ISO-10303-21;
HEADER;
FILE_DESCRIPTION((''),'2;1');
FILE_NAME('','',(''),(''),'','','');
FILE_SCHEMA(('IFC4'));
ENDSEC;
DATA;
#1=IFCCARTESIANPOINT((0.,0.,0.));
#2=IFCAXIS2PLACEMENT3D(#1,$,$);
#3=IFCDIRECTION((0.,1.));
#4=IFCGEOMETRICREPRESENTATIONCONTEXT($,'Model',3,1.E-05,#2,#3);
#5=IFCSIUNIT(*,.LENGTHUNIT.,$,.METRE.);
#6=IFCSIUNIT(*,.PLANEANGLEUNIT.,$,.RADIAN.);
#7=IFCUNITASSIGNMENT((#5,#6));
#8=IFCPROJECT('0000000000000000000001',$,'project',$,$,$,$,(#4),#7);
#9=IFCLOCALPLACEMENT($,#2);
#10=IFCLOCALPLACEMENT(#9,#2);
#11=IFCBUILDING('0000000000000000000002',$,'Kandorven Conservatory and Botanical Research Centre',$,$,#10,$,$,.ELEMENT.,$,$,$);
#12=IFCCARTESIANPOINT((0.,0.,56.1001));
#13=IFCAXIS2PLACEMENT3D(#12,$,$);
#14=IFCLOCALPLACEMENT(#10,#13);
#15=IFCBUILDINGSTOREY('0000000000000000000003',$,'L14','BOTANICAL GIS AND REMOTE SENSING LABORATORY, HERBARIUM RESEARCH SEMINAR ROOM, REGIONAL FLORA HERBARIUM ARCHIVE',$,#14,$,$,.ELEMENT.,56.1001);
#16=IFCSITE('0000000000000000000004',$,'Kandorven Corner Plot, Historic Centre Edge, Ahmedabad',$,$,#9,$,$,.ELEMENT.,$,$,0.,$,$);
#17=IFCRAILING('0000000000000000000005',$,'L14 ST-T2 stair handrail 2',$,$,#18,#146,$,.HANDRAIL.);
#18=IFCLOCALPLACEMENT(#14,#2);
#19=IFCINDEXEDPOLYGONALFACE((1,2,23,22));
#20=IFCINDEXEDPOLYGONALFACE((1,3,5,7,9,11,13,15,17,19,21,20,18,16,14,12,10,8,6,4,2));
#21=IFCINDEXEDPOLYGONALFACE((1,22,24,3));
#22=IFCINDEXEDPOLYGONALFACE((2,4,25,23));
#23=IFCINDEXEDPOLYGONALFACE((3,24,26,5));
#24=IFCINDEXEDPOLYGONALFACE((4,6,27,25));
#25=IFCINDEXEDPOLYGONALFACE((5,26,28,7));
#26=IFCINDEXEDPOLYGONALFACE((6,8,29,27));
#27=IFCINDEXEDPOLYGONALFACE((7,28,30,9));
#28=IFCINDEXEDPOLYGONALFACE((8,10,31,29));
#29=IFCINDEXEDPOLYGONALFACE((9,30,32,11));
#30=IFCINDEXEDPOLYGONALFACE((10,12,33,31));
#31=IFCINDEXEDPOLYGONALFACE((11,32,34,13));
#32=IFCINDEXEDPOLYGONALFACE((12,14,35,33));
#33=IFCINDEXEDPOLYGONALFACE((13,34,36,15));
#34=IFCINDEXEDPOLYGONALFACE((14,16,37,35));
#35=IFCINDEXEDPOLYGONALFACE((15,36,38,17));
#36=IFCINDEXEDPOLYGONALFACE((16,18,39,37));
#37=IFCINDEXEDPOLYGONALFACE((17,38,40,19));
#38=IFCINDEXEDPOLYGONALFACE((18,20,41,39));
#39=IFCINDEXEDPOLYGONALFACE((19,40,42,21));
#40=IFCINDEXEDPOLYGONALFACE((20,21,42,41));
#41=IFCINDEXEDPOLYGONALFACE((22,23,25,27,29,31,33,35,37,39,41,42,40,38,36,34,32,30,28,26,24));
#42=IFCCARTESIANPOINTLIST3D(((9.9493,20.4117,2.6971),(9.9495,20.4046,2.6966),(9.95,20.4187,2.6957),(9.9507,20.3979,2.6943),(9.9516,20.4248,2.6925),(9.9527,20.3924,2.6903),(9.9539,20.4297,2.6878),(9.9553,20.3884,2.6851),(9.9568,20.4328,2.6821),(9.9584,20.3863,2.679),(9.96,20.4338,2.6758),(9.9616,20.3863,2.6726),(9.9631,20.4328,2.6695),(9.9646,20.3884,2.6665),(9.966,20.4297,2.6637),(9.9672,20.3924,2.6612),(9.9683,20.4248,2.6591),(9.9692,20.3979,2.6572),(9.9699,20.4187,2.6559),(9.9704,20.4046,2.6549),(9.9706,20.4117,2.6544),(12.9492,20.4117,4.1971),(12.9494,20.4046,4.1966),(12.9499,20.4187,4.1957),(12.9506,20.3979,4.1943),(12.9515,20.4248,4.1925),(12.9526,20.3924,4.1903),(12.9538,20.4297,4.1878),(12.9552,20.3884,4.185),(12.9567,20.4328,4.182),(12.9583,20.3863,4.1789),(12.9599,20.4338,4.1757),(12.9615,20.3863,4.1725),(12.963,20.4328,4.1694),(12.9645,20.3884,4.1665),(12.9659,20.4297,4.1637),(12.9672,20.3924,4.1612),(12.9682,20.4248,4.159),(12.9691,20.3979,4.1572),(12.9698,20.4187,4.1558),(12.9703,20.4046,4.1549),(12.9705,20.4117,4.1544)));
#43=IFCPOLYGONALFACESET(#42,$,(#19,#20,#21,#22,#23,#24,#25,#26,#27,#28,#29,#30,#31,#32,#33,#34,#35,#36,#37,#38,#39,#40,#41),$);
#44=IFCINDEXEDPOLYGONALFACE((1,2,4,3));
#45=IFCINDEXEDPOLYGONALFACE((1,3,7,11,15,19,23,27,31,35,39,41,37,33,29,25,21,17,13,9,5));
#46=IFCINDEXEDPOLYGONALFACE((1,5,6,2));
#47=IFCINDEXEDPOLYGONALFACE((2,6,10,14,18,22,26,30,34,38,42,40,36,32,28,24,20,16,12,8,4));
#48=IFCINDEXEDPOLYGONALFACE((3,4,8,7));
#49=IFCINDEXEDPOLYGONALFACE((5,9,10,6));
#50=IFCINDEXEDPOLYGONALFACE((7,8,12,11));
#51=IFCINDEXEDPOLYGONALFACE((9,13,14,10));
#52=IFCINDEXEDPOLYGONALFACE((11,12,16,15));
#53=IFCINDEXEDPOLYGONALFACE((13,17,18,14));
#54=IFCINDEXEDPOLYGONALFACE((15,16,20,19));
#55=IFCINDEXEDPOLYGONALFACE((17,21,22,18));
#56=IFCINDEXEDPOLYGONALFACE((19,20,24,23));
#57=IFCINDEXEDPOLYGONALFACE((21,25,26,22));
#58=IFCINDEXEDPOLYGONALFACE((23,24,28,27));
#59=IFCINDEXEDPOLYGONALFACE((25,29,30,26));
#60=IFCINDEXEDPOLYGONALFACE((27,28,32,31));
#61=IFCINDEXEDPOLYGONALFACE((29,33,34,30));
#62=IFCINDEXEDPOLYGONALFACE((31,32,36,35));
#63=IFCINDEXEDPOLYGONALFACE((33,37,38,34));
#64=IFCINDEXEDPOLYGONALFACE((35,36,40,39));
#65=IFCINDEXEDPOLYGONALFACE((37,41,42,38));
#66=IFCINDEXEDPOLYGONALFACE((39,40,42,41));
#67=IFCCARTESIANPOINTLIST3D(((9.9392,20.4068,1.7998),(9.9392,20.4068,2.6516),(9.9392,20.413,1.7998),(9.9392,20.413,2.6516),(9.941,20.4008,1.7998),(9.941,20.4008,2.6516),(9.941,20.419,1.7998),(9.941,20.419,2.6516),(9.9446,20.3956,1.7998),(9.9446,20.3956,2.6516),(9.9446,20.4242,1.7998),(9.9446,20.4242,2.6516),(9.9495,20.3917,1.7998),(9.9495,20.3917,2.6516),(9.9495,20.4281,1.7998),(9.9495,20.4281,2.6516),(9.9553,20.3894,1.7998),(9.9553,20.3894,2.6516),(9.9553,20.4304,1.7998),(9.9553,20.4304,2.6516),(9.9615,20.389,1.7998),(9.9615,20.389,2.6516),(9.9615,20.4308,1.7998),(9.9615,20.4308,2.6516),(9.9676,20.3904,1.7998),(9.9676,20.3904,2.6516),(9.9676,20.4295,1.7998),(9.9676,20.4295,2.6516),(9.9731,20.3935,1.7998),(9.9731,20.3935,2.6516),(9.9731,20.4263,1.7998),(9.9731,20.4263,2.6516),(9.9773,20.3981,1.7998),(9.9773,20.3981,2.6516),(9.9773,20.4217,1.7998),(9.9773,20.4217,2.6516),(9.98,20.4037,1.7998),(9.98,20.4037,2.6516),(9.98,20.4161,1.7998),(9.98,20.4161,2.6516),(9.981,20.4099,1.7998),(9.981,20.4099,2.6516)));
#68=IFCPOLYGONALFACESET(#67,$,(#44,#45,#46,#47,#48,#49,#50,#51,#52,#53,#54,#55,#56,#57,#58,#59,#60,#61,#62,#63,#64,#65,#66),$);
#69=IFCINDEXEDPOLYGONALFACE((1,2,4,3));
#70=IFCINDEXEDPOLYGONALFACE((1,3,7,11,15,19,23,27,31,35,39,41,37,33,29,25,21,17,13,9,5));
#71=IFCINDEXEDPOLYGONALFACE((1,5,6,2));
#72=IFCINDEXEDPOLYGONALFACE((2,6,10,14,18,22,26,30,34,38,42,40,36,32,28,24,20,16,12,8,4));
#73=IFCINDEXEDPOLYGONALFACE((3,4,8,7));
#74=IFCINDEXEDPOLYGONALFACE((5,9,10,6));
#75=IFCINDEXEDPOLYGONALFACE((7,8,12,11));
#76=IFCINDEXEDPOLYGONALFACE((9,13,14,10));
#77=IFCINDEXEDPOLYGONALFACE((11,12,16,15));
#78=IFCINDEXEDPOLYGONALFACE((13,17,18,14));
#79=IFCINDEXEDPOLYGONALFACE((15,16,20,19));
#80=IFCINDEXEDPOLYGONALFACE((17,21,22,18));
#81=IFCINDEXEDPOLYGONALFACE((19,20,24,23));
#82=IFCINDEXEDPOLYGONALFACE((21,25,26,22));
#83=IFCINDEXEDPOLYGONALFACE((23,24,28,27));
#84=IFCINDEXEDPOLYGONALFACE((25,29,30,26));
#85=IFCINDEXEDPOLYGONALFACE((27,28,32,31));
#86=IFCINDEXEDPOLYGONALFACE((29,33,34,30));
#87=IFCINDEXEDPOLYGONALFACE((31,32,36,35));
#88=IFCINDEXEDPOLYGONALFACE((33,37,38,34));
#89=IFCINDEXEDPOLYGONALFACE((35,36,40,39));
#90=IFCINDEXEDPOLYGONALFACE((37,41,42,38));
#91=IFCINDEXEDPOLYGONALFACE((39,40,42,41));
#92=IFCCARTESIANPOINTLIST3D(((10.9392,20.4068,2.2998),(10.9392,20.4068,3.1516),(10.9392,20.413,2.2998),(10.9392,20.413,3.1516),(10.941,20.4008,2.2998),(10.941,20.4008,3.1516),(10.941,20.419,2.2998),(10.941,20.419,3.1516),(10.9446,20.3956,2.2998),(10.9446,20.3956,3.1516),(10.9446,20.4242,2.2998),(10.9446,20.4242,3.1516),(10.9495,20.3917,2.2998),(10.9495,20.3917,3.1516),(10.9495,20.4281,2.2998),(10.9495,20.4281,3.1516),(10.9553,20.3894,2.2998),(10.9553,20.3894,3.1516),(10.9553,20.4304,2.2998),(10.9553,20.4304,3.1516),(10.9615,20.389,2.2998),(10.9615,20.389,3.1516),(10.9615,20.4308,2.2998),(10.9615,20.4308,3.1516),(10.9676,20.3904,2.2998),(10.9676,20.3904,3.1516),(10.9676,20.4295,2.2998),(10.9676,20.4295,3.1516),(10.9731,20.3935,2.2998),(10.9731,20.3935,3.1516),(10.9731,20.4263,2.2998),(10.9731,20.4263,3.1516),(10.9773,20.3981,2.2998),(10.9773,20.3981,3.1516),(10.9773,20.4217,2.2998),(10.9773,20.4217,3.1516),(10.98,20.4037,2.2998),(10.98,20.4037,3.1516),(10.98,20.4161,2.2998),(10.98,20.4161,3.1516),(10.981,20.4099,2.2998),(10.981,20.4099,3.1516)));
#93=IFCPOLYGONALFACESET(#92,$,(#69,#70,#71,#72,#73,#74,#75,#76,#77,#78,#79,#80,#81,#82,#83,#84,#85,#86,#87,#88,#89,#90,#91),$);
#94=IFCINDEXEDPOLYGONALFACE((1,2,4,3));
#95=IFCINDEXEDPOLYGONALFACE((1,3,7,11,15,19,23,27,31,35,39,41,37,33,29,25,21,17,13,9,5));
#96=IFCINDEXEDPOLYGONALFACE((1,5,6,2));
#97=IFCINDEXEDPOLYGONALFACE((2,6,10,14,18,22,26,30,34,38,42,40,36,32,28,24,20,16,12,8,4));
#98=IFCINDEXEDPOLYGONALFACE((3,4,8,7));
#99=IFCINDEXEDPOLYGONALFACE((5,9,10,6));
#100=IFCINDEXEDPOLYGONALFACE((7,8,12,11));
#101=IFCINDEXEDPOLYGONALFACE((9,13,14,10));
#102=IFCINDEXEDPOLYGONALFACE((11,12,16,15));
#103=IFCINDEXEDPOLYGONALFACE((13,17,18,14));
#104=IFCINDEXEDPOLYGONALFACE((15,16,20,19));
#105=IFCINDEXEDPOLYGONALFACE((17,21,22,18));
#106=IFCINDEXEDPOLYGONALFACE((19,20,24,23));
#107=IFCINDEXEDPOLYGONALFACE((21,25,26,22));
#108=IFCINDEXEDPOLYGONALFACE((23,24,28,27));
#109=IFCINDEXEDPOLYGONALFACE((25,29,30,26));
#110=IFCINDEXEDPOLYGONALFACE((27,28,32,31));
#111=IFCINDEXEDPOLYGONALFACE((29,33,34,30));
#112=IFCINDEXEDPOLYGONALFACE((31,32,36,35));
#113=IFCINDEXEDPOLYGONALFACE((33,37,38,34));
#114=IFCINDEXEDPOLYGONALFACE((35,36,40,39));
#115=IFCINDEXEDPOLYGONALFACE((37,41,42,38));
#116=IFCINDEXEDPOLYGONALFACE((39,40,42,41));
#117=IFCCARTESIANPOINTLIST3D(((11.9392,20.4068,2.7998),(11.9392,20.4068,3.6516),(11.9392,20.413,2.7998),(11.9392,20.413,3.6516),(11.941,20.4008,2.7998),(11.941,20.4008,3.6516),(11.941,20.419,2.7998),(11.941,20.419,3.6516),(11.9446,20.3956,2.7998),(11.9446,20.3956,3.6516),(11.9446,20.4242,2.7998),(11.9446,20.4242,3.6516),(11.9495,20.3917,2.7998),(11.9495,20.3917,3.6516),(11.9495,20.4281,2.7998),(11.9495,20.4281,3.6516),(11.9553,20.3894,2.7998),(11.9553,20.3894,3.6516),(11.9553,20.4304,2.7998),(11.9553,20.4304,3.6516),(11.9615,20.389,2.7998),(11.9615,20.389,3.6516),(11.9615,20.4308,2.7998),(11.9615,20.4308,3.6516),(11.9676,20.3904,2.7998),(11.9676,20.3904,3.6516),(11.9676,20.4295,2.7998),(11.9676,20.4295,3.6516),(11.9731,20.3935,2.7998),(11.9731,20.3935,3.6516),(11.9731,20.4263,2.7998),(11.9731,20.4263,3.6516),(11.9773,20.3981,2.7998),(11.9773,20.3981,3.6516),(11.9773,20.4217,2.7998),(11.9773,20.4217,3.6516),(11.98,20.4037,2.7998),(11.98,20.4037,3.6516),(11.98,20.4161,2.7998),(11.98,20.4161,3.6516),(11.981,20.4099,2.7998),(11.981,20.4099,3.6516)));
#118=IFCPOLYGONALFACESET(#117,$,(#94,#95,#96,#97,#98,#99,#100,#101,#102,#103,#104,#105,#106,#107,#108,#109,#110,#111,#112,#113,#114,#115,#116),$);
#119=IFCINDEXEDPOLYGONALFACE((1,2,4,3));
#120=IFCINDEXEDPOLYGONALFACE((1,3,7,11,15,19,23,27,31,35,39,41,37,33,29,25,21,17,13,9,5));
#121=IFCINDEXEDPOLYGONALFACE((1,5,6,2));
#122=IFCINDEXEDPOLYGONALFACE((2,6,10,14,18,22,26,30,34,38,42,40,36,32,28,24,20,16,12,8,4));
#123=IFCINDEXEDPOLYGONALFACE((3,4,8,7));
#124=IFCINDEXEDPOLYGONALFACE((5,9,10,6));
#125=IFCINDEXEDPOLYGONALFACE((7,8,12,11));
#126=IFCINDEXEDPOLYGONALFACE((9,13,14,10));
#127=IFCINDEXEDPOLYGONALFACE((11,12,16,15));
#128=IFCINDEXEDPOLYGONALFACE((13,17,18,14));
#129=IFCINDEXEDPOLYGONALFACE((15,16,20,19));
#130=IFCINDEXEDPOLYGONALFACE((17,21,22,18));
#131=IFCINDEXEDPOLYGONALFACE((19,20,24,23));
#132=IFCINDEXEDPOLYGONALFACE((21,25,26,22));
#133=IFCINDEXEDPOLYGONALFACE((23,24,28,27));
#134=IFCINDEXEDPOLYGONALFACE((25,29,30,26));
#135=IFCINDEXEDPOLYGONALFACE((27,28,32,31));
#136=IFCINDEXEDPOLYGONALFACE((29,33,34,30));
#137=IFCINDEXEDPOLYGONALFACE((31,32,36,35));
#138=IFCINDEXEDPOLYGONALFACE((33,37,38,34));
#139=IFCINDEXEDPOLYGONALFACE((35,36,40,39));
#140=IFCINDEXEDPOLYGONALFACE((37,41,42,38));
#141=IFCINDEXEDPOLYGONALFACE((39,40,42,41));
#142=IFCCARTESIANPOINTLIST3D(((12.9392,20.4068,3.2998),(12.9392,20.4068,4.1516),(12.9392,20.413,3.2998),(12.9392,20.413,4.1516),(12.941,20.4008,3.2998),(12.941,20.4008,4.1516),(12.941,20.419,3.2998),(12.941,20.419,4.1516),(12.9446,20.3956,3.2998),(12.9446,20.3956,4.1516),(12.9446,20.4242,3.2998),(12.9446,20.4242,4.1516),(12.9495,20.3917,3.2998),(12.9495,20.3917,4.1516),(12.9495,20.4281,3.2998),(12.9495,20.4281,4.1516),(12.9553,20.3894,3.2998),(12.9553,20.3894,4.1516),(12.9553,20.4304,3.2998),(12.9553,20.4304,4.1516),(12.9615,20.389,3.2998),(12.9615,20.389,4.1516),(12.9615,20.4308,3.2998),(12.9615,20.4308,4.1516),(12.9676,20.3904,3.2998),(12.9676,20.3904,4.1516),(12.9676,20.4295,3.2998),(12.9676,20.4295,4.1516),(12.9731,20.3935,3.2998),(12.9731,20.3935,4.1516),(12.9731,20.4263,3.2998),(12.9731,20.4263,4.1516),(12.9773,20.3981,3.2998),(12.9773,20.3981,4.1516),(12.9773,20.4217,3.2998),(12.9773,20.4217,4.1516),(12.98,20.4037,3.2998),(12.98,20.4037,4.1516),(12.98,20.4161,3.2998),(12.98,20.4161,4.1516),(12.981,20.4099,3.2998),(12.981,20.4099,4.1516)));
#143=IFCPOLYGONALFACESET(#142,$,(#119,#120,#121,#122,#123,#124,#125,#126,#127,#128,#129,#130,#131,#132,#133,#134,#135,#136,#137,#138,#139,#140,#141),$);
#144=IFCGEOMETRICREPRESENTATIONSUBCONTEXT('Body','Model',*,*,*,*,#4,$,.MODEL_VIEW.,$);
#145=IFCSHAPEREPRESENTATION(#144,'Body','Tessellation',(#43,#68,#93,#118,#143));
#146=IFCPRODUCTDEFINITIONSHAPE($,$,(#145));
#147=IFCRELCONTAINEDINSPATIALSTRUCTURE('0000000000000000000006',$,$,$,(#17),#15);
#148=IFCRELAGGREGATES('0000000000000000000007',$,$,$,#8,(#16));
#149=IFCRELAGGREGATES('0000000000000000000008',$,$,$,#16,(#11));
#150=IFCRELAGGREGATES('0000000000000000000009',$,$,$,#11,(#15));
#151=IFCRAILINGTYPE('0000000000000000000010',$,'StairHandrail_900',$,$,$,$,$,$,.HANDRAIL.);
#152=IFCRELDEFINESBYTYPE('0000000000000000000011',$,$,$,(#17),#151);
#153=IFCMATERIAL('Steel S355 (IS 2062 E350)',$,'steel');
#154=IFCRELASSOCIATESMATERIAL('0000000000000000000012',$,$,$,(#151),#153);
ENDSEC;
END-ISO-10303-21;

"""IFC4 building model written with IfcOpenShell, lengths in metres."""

from ifc_helpers import new_model, si_unit, direction, frame, origin, origin_2d, place, context, subcontext, project, spatial, circle, extrude, material, type_object, element, save


model = new_model("IFC4")

# Units and contexts
model_context = context("Model", 3, precision=1e-05, world=origin(), true_north=direction((0.0, 1.0)))
body_context = subcontext(model_context, "Body", "Model", "MODEL_VIEW")
ifc_project = project(units=[si_unit("LENGTHUNIT", "METRE"), si_unit("PLANEANGLEUNIT", "RADIAN")], contexts=[model_context])

# Site, building, storey
site_placement = place(None, origin())
site = spatial("IfcSite", under=ifc_project, at=site_placement, Name="Kandorven Corner Plot, Historic Centre Edge, Ahmedabad", CompositionType="ELEMENT", RefElevation=0.0)
building_placement = place(site_placement, origin())
building = spatial("IfcBuilding", under=site, at=building_placement, Name="Kandorven Conservatory and Botanical Research Centre", CompositionType="ELEMENT")
storey_placement = place(building_placement, frame((0.0, 0.0, 56.1001)))
storey = spatial("IfcBuildingStorey", under=building, at=storey_placement, Name="L14", Description="BOTANICAL GIS AND REMOTE SENSING LABORATORY, HERBARIUM RESEARCH SEMINAR ROOM, REGIONAL FLORA HERBARIUM ARCHIVE", CompositionType="ELEMENT", Elevation=56.1001)

# Railing
ifc_material_1 = material(Name="Steel S355 (IS 2062 E350)", Category="steel")
railing_type_1 = type_object("IfcRailingType", Name="StairHandrail_900", PredefinedType="HANDRAIL", material=ifc_material_1)
railing_1_placement = place(storey_placement, frame((9.96, 20.4099, 1.7998)))
element("IfcRailing", 1, at=railing_1_placement, inside=storey, type_object=railing_type_1, Name="L14 ST-T2 stair handrail 2", PredefinedType="HANDRAIL", context=body_context, shape_type="SweptSolid", body=[
    extrude(circle(Radius=0.0239, at=origin_2d()), frame((0.0, 0.0, 0.876), z_axis=(0.894427, 0.0, 0.447214), x_axis=(0.0, 1.0, 0.0)), (0.0, 0.0, 1.0), 3.354),
    extrude(circle(Radius=0.021, at=origin_2d()), origin(), (0.0, 0.0, 1.0), 0.8518),
    extrude(circle(Radius=0.021, at=origin_2d()), frame((1.0, 0.0, 0.5)), (0.0, 0.0, 1.0), 0.8518),
    extrude(circle(Radius=0.021, at=origin_2d()), frame((2.0, 0.0, 1.0)), (0.0, 0.0, 1.0), 0.8518),
    extrude(circle(Radius=0.021, at=origin_2d()), frame((3.0, 0.0, 1.5)), (0.0, 0.0, 1.0), 0.8518),
])

save(model, "model.ifc")
